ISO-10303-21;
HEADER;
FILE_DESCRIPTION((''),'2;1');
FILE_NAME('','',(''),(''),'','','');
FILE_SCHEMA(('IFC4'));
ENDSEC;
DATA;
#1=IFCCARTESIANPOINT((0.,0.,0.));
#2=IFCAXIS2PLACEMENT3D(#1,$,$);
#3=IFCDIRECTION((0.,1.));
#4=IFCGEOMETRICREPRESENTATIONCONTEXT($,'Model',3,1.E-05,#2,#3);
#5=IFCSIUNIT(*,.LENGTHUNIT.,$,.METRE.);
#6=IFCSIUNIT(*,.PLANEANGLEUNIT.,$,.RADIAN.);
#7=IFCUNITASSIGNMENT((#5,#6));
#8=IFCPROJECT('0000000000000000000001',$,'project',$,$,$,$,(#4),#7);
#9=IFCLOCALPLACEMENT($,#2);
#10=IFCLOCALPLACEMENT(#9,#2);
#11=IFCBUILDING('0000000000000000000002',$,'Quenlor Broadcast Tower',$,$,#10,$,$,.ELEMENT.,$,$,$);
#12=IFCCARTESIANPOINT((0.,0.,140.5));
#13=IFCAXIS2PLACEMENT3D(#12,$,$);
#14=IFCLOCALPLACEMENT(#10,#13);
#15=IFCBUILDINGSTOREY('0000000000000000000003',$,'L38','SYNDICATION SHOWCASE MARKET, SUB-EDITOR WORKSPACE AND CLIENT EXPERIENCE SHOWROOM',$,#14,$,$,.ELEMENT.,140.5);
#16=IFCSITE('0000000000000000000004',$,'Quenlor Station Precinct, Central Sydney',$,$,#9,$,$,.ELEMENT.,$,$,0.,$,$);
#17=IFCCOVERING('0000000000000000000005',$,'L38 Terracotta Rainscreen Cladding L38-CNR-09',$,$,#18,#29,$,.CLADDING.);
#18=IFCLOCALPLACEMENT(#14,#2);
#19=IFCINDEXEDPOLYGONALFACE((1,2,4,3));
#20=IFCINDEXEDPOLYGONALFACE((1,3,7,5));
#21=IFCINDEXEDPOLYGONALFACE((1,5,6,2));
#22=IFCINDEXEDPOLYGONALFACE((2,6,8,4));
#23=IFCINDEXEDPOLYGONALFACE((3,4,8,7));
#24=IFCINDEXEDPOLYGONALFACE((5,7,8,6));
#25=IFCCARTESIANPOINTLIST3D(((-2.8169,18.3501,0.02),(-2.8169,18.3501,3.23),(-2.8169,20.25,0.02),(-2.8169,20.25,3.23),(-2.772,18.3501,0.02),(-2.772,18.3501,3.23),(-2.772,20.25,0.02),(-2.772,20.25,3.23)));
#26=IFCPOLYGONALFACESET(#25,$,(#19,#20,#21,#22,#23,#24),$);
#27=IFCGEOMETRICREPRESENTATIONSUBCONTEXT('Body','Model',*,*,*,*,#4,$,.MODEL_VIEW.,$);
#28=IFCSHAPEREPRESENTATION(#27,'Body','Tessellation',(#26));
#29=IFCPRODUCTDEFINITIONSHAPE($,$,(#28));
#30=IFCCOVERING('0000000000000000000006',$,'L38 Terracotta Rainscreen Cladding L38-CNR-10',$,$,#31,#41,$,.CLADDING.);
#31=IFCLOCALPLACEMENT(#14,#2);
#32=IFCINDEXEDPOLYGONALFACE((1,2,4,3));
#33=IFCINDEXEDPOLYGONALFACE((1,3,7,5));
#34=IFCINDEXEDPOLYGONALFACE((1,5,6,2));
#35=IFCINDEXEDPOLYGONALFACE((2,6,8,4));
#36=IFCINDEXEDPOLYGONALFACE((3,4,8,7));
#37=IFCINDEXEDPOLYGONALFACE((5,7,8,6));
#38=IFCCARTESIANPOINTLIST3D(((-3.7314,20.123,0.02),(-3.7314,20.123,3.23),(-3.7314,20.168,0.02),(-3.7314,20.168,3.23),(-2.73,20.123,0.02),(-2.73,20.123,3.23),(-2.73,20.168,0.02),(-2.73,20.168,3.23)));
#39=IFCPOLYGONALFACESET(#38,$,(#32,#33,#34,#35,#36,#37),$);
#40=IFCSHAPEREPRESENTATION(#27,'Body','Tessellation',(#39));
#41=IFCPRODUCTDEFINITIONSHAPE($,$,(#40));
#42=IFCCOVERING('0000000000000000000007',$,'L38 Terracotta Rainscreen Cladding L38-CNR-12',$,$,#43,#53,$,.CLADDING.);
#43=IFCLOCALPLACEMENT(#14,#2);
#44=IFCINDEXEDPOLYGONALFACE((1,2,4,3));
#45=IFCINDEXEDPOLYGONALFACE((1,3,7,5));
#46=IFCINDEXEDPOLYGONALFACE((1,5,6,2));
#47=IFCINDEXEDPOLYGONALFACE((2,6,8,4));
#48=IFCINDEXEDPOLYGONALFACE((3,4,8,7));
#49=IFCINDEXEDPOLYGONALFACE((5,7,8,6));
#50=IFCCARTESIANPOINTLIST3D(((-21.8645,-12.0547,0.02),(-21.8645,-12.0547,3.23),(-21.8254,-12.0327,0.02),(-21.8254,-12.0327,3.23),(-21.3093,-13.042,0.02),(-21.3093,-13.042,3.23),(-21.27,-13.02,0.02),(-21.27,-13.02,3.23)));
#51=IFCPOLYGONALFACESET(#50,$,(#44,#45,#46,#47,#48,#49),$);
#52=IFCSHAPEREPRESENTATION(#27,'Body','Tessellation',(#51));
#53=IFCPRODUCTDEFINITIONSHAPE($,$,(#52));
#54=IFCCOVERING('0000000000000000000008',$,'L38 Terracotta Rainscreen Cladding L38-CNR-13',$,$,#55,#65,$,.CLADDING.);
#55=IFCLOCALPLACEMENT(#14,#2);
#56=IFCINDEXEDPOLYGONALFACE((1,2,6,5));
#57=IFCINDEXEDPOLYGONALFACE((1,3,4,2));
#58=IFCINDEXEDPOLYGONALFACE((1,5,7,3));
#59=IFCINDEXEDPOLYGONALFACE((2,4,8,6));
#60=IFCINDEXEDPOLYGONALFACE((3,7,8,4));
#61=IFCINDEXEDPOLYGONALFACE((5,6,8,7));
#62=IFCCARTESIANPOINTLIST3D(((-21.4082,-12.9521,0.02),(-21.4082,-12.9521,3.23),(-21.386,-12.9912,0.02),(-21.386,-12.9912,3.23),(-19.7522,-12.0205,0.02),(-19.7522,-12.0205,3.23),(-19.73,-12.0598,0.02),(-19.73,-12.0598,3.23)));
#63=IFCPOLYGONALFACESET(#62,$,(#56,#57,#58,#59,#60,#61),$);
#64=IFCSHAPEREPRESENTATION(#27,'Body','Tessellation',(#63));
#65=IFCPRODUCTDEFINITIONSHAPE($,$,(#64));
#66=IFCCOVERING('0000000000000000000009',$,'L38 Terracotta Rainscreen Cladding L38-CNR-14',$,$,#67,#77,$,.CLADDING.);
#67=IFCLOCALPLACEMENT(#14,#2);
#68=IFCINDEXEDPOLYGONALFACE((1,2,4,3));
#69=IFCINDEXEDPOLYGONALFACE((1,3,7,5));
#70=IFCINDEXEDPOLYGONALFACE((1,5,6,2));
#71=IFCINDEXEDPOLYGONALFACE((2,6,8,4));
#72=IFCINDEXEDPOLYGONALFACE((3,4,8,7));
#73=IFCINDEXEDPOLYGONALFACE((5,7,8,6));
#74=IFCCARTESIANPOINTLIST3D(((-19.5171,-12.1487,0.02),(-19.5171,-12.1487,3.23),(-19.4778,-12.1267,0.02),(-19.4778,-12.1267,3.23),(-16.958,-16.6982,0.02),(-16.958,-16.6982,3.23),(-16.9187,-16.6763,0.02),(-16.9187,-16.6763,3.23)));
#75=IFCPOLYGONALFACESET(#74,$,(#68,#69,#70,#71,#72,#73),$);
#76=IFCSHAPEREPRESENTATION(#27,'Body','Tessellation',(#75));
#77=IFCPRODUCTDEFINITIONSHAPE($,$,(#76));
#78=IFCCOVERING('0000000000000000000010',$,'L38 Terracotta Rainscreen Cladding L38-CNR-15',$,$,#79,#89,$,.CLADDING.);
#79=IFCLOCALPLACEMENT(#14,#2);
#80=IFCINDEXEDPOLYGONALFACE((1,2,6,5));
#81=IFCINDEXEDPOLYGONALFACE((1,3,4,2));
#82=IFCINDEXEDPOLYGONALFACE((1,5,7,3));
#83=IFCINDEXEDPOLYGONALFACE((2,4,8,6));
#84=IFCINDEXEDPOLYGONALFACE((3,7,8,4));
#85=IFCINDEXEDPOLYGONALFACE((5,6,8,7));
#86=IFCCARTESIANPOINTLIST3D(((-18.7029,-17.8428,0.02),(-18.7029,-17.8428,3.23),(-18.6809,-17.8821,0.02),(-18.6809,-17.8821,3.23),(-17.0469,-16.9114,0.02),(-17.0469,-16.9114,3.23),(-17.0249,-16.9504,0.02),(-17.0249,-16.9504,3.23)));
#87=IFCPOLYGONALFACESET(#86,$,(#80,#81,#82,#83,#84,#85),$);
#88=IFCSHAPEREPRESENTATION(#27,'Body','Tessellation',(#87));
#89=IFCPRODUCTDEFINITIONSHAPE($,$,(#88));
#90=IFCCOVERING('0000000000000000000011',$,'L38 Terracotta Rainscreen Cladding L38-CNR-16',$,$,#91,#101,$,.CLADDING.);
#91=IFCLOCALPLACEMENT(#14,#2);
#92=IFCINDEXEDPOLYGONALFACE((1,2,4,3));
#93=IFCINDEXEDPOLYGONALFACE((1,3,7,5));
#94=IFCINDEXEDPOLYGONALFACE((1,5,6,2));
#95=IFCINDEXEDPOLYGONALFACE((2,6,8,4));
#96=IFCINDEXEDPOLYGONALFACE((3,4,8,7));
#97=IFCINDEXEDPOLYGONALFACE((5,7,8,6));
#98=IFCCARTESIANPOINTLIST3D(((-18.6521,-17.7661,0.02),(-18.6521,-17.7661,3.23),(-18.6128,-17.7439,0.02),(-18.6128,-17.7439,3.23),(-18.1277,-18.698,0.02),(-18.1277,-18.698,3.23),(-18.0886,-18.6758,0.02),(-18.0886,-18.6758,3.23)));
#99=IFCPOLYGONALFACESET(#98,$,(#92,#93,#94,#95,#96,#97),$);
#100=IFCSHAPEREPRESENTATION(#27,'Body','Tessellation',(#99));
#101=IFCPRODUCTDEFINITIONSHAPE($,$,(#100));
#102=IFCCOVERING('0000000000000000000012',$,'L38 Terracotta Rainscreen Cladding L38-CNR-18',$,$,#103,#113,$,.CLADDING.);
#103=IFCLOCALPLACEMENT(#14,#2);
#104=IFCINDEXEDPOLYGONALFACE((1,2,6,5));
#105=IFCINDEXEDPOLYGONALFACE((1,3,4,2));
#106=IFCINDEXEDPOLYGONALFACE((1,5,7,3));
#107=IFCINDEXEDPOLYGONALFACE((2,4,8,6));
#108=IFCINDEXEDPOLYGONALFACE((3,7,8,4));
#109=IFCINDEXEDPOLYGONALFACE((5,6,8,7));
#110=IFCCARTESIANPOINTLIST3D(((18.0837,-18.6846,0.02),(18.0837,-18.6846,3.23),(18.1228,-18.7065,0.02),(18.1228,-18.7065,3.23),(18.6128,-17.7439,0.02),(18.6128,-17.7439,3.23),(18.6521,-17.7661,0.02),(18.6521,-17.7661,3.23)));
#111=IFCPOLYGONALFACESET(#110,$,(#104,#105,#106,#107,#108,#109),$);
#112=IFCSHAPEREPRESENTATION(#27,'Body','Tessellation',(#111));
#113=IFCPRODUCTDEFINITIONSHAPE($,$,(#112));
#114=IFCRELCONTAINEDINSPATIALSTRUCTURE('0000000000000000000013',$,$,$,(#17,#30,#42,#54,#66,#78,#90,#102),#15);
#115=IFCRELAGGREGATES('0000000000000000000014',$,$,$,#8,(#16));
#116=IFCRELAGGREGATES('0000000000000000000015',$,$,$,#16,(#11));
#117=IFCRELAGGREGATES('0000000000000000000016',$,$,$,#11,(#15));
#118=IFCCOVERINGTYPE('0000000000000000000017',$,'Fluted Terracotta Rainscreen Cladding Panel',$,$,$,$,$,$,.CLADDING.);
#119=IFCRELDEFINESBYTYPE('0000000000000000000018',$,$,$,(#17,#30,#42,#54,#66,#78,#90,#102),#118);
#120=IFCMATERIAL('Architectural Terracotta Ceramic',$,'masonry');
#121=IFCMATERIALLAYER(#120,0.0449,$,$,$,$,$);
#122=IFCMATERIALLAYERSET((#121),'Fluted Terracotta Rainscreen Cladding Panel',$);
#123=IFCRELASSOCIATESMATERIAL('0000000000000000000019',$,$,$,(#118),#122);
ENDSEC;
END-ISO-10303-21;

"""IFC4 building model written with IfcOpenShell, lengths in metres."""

from ifc_helpers import new_model, si_unit, direction, frame, origin, place, context, subcontext, project, spatial, polyline, outline, extrude, material, layer, layer_set, type_object, element, save


model = new_model("IFC4")

# Units and contexts
model_context = context("Model", 3, precision=1e-05, world=origin(), true_north=direction((0.0, 1.0)))
body_context = subcontext(model_context, "Body", "Model", "MODEL_VIEW")
ifc_project = project(units=[si_unit("LENGTHUNIT", "METRE"), si_unit("PLANEANGLEUNIT", "RADIAN")], contexts=[model_context])

# Site, building, storey
site_placement = place(None, origin())
site = spatial("IfcSite", under=ifc_project, at=site_placement, Name="Quenlor Station Precinct, Central Sydney", CompositionType="ELEMENT", RefElevation=0.0)
building_placement = place(site_placement, origin())
building = spatial("IfcBuilding", under=site, at=building_placement, Name="Quenlor Broadcast Tower", CompositionType="ELEMENT")
storey_placement = place(building_placement, frame((0.0, 0.0, 140.5)))
storey = spatial("IfcBuildingStorey", under=building, at=storey_placement, Name="L38", Description="SYNDICATION SHOWCASE MARKET, SUB-EDITOR WORKSPACE AND CLIENT EXPERIENCE SHOWROOM", CompositionType="ELEMENT", Elevation=140.5)

# Coverings
ifc_material_1 = material(Name="Architectural Terracotta Ceramic", Category="masonry")
ifc_layer_1 = layer(ifc_material_1, 0.0449)
ifc_layer_set_1 = layer_set([ifc_layer_1], Name="Fluted Terracotta Rainscreen Cladding Panel")
covering_type_1 = type_object("IfcCoveringType", Name="Fluted Terracotta Rainscreen Cladding Panel", PredefinedType="CLADDING", material=ifc_layer_set_1)
covering_1_placement = place(storey_placement, frame((0.0, 0.0, 0.02)))
element("IfcCovering", 1, at=covering_1_placement, inside=storey, type_object=covering_type_1, Name="L38 Terracotta Rainscreen Cladding L38-CNR-09", PredefinedType="CLADDING", context=body_context, shape_type="SweptSolid", body=[
    extrude(outline(polyline([(-2.772, 18.3501), (-2.772, 20.25), (-2.8169, 20.25), (-2.8169, 18.3501), (-2.772, 18.3501)])), origin(), (0.0, 0.0, 1.0), 3.21),
])
covering_2_placement = place(storey_placement, frame((0.0, 0.0, 0.02)))
element("IfcCovering", 2, at=covering_2_placement, inside=storey, type_object=covering_type_1, Name="L38 Terracotta Rainscreen Cladding L38-CNR-10", PredefinedType="CLADDING", context=body_context, shape_type="SweptSolid", body=[
    extrude(outline(polyline([(-2.73, 20.168), (-3.7314, 20.168), (-3.7314, 20.123), (-2.73, 20.123), (-2.73, 20.168)])), origin(), (0.0, 0.0, 1.0), 3.21),
])
covering_3_placement = place(storey_placement, frame((0.0, 0.0, 0.02)))
element("IfcCovering", 3, at=covering_3_placement, inside=storey, type_object=covering_type_1, Name="L38 Terracotta Rainscreen Cladding L38-CNR-12", PredefinedType="CLADDING", context=body_context, shape_type="SweptSolid", body=[
    extrude(outline(polyline([(-21.8645, -12.0547), (-21.3093, -13.042), (-21.27, -13.02), (-21.8254, -12.0327), (-21.8645, -12.0547)])), origin(), (0.0, 0.0, 1.0), 3.21),
])
covering_4_placement = place(storey_placement, frame((0.0, 0.0, 0.02)))
element("IfcCovering", 4, at=covering_4_placement, inside=storey, type_object=covering_type_1, Name="L38 Terracotta Rainscreen Cladding L38-CNR-13", PredefinedType="CLADDING", context=body_context, shape_type="SweptSolid", body=[
    extrude(outline(polyline([(-21.386, -12.9912), (-19.73, -12.0598), (-19.7522, -12.0205), (-21.4082, -12.9521), (-21.386, -12.9912)])), origin(), (0.0, 0.0, 1.0), 3.21),
])
covering_5_placement = place(storey_placement, frame((0.0, 0.0, 0.02)))
element("IfcCovering", 5, at=covering_5_placement, inside=storey, type_object=covering_type_1, Name="L38 Terracotta Rainscreen Cladding L38-CNR-14", PredefinedType="CLADDING", context=body_context, shape_type="SweptSolid", body=[
    extrude(outline(polyline([(-19.5171, -12.1487), (-16.958, -16.6982), (-16.9187, -16.6763), (-19.4778, -12.1267), (-19.5171, -12.1487)])), origin(), (0.0, 0.0, 1.0), 3.21),
])
covering_6_placement = place(storey_placement, frame((0.0, 0.0, 0.02)))
element("IfcCovering", 6, at=covering_6_placement, inside=storey, type_object=covering_type_1, Name="L38 Terracotta Rainscreen Cladding L38-CNR-15", PredefinedType="CLADDING", context=body_context, shape_type="SweptSolid", body=[
    extrude(outline(polyline([(-17.0469, -16.9114), (-18.7029, -17.8428), (-18.6809, -17.8821), (-17.0249, -16.9504), (-17.0469, -16.9114)])), origin(), (0.0, 0.0, 1.0), 3.21),
])
covering_7_placement = place(storey_placement, frame((0.0, 0.0, 0.02)))
element("IfcCovering", 7, at=covering_7_placement, inside=storey, type_object=covering_type_1, Name="L38 Terracotta Rainscreen Cladding L38-CNR-16", PredefinedType="CLADDING", context=body_context, shape_type="SweptSolid", body=[
    extrude(outline(polyline([(-18.6521, -17.7661), (-18.1277, -18.698), (-18.0886, -18.6758), (-18.6128, -17.7439), (-18.6521, -17.7661)])), origin(), (0.0, 0.0, 1.0), 3.21),
])
covering_8_placement = place(storey_placement, frame((0.0, 0.0, 0.02)))
element("IfcCovering", 8, at=covering_8_placement, inside=storey, type_object=covering_type_1, Name="L38 Terracotta Rainscreen Cladding L38-CNR-18", PredefinedType="CLADDING", context=body_context, shape_type="SweptSolid", body=[
    extrude(outline(polyline([(18.1228, -18.7065), (18.6521, -17.7661), (18.6128, -17.7439), (18.0837, -18.6846), (18.1228, -18.7065)])), origin(), (0.0, 0.0, 1.0), 3.21),
])

save(model, "model.ifc")
